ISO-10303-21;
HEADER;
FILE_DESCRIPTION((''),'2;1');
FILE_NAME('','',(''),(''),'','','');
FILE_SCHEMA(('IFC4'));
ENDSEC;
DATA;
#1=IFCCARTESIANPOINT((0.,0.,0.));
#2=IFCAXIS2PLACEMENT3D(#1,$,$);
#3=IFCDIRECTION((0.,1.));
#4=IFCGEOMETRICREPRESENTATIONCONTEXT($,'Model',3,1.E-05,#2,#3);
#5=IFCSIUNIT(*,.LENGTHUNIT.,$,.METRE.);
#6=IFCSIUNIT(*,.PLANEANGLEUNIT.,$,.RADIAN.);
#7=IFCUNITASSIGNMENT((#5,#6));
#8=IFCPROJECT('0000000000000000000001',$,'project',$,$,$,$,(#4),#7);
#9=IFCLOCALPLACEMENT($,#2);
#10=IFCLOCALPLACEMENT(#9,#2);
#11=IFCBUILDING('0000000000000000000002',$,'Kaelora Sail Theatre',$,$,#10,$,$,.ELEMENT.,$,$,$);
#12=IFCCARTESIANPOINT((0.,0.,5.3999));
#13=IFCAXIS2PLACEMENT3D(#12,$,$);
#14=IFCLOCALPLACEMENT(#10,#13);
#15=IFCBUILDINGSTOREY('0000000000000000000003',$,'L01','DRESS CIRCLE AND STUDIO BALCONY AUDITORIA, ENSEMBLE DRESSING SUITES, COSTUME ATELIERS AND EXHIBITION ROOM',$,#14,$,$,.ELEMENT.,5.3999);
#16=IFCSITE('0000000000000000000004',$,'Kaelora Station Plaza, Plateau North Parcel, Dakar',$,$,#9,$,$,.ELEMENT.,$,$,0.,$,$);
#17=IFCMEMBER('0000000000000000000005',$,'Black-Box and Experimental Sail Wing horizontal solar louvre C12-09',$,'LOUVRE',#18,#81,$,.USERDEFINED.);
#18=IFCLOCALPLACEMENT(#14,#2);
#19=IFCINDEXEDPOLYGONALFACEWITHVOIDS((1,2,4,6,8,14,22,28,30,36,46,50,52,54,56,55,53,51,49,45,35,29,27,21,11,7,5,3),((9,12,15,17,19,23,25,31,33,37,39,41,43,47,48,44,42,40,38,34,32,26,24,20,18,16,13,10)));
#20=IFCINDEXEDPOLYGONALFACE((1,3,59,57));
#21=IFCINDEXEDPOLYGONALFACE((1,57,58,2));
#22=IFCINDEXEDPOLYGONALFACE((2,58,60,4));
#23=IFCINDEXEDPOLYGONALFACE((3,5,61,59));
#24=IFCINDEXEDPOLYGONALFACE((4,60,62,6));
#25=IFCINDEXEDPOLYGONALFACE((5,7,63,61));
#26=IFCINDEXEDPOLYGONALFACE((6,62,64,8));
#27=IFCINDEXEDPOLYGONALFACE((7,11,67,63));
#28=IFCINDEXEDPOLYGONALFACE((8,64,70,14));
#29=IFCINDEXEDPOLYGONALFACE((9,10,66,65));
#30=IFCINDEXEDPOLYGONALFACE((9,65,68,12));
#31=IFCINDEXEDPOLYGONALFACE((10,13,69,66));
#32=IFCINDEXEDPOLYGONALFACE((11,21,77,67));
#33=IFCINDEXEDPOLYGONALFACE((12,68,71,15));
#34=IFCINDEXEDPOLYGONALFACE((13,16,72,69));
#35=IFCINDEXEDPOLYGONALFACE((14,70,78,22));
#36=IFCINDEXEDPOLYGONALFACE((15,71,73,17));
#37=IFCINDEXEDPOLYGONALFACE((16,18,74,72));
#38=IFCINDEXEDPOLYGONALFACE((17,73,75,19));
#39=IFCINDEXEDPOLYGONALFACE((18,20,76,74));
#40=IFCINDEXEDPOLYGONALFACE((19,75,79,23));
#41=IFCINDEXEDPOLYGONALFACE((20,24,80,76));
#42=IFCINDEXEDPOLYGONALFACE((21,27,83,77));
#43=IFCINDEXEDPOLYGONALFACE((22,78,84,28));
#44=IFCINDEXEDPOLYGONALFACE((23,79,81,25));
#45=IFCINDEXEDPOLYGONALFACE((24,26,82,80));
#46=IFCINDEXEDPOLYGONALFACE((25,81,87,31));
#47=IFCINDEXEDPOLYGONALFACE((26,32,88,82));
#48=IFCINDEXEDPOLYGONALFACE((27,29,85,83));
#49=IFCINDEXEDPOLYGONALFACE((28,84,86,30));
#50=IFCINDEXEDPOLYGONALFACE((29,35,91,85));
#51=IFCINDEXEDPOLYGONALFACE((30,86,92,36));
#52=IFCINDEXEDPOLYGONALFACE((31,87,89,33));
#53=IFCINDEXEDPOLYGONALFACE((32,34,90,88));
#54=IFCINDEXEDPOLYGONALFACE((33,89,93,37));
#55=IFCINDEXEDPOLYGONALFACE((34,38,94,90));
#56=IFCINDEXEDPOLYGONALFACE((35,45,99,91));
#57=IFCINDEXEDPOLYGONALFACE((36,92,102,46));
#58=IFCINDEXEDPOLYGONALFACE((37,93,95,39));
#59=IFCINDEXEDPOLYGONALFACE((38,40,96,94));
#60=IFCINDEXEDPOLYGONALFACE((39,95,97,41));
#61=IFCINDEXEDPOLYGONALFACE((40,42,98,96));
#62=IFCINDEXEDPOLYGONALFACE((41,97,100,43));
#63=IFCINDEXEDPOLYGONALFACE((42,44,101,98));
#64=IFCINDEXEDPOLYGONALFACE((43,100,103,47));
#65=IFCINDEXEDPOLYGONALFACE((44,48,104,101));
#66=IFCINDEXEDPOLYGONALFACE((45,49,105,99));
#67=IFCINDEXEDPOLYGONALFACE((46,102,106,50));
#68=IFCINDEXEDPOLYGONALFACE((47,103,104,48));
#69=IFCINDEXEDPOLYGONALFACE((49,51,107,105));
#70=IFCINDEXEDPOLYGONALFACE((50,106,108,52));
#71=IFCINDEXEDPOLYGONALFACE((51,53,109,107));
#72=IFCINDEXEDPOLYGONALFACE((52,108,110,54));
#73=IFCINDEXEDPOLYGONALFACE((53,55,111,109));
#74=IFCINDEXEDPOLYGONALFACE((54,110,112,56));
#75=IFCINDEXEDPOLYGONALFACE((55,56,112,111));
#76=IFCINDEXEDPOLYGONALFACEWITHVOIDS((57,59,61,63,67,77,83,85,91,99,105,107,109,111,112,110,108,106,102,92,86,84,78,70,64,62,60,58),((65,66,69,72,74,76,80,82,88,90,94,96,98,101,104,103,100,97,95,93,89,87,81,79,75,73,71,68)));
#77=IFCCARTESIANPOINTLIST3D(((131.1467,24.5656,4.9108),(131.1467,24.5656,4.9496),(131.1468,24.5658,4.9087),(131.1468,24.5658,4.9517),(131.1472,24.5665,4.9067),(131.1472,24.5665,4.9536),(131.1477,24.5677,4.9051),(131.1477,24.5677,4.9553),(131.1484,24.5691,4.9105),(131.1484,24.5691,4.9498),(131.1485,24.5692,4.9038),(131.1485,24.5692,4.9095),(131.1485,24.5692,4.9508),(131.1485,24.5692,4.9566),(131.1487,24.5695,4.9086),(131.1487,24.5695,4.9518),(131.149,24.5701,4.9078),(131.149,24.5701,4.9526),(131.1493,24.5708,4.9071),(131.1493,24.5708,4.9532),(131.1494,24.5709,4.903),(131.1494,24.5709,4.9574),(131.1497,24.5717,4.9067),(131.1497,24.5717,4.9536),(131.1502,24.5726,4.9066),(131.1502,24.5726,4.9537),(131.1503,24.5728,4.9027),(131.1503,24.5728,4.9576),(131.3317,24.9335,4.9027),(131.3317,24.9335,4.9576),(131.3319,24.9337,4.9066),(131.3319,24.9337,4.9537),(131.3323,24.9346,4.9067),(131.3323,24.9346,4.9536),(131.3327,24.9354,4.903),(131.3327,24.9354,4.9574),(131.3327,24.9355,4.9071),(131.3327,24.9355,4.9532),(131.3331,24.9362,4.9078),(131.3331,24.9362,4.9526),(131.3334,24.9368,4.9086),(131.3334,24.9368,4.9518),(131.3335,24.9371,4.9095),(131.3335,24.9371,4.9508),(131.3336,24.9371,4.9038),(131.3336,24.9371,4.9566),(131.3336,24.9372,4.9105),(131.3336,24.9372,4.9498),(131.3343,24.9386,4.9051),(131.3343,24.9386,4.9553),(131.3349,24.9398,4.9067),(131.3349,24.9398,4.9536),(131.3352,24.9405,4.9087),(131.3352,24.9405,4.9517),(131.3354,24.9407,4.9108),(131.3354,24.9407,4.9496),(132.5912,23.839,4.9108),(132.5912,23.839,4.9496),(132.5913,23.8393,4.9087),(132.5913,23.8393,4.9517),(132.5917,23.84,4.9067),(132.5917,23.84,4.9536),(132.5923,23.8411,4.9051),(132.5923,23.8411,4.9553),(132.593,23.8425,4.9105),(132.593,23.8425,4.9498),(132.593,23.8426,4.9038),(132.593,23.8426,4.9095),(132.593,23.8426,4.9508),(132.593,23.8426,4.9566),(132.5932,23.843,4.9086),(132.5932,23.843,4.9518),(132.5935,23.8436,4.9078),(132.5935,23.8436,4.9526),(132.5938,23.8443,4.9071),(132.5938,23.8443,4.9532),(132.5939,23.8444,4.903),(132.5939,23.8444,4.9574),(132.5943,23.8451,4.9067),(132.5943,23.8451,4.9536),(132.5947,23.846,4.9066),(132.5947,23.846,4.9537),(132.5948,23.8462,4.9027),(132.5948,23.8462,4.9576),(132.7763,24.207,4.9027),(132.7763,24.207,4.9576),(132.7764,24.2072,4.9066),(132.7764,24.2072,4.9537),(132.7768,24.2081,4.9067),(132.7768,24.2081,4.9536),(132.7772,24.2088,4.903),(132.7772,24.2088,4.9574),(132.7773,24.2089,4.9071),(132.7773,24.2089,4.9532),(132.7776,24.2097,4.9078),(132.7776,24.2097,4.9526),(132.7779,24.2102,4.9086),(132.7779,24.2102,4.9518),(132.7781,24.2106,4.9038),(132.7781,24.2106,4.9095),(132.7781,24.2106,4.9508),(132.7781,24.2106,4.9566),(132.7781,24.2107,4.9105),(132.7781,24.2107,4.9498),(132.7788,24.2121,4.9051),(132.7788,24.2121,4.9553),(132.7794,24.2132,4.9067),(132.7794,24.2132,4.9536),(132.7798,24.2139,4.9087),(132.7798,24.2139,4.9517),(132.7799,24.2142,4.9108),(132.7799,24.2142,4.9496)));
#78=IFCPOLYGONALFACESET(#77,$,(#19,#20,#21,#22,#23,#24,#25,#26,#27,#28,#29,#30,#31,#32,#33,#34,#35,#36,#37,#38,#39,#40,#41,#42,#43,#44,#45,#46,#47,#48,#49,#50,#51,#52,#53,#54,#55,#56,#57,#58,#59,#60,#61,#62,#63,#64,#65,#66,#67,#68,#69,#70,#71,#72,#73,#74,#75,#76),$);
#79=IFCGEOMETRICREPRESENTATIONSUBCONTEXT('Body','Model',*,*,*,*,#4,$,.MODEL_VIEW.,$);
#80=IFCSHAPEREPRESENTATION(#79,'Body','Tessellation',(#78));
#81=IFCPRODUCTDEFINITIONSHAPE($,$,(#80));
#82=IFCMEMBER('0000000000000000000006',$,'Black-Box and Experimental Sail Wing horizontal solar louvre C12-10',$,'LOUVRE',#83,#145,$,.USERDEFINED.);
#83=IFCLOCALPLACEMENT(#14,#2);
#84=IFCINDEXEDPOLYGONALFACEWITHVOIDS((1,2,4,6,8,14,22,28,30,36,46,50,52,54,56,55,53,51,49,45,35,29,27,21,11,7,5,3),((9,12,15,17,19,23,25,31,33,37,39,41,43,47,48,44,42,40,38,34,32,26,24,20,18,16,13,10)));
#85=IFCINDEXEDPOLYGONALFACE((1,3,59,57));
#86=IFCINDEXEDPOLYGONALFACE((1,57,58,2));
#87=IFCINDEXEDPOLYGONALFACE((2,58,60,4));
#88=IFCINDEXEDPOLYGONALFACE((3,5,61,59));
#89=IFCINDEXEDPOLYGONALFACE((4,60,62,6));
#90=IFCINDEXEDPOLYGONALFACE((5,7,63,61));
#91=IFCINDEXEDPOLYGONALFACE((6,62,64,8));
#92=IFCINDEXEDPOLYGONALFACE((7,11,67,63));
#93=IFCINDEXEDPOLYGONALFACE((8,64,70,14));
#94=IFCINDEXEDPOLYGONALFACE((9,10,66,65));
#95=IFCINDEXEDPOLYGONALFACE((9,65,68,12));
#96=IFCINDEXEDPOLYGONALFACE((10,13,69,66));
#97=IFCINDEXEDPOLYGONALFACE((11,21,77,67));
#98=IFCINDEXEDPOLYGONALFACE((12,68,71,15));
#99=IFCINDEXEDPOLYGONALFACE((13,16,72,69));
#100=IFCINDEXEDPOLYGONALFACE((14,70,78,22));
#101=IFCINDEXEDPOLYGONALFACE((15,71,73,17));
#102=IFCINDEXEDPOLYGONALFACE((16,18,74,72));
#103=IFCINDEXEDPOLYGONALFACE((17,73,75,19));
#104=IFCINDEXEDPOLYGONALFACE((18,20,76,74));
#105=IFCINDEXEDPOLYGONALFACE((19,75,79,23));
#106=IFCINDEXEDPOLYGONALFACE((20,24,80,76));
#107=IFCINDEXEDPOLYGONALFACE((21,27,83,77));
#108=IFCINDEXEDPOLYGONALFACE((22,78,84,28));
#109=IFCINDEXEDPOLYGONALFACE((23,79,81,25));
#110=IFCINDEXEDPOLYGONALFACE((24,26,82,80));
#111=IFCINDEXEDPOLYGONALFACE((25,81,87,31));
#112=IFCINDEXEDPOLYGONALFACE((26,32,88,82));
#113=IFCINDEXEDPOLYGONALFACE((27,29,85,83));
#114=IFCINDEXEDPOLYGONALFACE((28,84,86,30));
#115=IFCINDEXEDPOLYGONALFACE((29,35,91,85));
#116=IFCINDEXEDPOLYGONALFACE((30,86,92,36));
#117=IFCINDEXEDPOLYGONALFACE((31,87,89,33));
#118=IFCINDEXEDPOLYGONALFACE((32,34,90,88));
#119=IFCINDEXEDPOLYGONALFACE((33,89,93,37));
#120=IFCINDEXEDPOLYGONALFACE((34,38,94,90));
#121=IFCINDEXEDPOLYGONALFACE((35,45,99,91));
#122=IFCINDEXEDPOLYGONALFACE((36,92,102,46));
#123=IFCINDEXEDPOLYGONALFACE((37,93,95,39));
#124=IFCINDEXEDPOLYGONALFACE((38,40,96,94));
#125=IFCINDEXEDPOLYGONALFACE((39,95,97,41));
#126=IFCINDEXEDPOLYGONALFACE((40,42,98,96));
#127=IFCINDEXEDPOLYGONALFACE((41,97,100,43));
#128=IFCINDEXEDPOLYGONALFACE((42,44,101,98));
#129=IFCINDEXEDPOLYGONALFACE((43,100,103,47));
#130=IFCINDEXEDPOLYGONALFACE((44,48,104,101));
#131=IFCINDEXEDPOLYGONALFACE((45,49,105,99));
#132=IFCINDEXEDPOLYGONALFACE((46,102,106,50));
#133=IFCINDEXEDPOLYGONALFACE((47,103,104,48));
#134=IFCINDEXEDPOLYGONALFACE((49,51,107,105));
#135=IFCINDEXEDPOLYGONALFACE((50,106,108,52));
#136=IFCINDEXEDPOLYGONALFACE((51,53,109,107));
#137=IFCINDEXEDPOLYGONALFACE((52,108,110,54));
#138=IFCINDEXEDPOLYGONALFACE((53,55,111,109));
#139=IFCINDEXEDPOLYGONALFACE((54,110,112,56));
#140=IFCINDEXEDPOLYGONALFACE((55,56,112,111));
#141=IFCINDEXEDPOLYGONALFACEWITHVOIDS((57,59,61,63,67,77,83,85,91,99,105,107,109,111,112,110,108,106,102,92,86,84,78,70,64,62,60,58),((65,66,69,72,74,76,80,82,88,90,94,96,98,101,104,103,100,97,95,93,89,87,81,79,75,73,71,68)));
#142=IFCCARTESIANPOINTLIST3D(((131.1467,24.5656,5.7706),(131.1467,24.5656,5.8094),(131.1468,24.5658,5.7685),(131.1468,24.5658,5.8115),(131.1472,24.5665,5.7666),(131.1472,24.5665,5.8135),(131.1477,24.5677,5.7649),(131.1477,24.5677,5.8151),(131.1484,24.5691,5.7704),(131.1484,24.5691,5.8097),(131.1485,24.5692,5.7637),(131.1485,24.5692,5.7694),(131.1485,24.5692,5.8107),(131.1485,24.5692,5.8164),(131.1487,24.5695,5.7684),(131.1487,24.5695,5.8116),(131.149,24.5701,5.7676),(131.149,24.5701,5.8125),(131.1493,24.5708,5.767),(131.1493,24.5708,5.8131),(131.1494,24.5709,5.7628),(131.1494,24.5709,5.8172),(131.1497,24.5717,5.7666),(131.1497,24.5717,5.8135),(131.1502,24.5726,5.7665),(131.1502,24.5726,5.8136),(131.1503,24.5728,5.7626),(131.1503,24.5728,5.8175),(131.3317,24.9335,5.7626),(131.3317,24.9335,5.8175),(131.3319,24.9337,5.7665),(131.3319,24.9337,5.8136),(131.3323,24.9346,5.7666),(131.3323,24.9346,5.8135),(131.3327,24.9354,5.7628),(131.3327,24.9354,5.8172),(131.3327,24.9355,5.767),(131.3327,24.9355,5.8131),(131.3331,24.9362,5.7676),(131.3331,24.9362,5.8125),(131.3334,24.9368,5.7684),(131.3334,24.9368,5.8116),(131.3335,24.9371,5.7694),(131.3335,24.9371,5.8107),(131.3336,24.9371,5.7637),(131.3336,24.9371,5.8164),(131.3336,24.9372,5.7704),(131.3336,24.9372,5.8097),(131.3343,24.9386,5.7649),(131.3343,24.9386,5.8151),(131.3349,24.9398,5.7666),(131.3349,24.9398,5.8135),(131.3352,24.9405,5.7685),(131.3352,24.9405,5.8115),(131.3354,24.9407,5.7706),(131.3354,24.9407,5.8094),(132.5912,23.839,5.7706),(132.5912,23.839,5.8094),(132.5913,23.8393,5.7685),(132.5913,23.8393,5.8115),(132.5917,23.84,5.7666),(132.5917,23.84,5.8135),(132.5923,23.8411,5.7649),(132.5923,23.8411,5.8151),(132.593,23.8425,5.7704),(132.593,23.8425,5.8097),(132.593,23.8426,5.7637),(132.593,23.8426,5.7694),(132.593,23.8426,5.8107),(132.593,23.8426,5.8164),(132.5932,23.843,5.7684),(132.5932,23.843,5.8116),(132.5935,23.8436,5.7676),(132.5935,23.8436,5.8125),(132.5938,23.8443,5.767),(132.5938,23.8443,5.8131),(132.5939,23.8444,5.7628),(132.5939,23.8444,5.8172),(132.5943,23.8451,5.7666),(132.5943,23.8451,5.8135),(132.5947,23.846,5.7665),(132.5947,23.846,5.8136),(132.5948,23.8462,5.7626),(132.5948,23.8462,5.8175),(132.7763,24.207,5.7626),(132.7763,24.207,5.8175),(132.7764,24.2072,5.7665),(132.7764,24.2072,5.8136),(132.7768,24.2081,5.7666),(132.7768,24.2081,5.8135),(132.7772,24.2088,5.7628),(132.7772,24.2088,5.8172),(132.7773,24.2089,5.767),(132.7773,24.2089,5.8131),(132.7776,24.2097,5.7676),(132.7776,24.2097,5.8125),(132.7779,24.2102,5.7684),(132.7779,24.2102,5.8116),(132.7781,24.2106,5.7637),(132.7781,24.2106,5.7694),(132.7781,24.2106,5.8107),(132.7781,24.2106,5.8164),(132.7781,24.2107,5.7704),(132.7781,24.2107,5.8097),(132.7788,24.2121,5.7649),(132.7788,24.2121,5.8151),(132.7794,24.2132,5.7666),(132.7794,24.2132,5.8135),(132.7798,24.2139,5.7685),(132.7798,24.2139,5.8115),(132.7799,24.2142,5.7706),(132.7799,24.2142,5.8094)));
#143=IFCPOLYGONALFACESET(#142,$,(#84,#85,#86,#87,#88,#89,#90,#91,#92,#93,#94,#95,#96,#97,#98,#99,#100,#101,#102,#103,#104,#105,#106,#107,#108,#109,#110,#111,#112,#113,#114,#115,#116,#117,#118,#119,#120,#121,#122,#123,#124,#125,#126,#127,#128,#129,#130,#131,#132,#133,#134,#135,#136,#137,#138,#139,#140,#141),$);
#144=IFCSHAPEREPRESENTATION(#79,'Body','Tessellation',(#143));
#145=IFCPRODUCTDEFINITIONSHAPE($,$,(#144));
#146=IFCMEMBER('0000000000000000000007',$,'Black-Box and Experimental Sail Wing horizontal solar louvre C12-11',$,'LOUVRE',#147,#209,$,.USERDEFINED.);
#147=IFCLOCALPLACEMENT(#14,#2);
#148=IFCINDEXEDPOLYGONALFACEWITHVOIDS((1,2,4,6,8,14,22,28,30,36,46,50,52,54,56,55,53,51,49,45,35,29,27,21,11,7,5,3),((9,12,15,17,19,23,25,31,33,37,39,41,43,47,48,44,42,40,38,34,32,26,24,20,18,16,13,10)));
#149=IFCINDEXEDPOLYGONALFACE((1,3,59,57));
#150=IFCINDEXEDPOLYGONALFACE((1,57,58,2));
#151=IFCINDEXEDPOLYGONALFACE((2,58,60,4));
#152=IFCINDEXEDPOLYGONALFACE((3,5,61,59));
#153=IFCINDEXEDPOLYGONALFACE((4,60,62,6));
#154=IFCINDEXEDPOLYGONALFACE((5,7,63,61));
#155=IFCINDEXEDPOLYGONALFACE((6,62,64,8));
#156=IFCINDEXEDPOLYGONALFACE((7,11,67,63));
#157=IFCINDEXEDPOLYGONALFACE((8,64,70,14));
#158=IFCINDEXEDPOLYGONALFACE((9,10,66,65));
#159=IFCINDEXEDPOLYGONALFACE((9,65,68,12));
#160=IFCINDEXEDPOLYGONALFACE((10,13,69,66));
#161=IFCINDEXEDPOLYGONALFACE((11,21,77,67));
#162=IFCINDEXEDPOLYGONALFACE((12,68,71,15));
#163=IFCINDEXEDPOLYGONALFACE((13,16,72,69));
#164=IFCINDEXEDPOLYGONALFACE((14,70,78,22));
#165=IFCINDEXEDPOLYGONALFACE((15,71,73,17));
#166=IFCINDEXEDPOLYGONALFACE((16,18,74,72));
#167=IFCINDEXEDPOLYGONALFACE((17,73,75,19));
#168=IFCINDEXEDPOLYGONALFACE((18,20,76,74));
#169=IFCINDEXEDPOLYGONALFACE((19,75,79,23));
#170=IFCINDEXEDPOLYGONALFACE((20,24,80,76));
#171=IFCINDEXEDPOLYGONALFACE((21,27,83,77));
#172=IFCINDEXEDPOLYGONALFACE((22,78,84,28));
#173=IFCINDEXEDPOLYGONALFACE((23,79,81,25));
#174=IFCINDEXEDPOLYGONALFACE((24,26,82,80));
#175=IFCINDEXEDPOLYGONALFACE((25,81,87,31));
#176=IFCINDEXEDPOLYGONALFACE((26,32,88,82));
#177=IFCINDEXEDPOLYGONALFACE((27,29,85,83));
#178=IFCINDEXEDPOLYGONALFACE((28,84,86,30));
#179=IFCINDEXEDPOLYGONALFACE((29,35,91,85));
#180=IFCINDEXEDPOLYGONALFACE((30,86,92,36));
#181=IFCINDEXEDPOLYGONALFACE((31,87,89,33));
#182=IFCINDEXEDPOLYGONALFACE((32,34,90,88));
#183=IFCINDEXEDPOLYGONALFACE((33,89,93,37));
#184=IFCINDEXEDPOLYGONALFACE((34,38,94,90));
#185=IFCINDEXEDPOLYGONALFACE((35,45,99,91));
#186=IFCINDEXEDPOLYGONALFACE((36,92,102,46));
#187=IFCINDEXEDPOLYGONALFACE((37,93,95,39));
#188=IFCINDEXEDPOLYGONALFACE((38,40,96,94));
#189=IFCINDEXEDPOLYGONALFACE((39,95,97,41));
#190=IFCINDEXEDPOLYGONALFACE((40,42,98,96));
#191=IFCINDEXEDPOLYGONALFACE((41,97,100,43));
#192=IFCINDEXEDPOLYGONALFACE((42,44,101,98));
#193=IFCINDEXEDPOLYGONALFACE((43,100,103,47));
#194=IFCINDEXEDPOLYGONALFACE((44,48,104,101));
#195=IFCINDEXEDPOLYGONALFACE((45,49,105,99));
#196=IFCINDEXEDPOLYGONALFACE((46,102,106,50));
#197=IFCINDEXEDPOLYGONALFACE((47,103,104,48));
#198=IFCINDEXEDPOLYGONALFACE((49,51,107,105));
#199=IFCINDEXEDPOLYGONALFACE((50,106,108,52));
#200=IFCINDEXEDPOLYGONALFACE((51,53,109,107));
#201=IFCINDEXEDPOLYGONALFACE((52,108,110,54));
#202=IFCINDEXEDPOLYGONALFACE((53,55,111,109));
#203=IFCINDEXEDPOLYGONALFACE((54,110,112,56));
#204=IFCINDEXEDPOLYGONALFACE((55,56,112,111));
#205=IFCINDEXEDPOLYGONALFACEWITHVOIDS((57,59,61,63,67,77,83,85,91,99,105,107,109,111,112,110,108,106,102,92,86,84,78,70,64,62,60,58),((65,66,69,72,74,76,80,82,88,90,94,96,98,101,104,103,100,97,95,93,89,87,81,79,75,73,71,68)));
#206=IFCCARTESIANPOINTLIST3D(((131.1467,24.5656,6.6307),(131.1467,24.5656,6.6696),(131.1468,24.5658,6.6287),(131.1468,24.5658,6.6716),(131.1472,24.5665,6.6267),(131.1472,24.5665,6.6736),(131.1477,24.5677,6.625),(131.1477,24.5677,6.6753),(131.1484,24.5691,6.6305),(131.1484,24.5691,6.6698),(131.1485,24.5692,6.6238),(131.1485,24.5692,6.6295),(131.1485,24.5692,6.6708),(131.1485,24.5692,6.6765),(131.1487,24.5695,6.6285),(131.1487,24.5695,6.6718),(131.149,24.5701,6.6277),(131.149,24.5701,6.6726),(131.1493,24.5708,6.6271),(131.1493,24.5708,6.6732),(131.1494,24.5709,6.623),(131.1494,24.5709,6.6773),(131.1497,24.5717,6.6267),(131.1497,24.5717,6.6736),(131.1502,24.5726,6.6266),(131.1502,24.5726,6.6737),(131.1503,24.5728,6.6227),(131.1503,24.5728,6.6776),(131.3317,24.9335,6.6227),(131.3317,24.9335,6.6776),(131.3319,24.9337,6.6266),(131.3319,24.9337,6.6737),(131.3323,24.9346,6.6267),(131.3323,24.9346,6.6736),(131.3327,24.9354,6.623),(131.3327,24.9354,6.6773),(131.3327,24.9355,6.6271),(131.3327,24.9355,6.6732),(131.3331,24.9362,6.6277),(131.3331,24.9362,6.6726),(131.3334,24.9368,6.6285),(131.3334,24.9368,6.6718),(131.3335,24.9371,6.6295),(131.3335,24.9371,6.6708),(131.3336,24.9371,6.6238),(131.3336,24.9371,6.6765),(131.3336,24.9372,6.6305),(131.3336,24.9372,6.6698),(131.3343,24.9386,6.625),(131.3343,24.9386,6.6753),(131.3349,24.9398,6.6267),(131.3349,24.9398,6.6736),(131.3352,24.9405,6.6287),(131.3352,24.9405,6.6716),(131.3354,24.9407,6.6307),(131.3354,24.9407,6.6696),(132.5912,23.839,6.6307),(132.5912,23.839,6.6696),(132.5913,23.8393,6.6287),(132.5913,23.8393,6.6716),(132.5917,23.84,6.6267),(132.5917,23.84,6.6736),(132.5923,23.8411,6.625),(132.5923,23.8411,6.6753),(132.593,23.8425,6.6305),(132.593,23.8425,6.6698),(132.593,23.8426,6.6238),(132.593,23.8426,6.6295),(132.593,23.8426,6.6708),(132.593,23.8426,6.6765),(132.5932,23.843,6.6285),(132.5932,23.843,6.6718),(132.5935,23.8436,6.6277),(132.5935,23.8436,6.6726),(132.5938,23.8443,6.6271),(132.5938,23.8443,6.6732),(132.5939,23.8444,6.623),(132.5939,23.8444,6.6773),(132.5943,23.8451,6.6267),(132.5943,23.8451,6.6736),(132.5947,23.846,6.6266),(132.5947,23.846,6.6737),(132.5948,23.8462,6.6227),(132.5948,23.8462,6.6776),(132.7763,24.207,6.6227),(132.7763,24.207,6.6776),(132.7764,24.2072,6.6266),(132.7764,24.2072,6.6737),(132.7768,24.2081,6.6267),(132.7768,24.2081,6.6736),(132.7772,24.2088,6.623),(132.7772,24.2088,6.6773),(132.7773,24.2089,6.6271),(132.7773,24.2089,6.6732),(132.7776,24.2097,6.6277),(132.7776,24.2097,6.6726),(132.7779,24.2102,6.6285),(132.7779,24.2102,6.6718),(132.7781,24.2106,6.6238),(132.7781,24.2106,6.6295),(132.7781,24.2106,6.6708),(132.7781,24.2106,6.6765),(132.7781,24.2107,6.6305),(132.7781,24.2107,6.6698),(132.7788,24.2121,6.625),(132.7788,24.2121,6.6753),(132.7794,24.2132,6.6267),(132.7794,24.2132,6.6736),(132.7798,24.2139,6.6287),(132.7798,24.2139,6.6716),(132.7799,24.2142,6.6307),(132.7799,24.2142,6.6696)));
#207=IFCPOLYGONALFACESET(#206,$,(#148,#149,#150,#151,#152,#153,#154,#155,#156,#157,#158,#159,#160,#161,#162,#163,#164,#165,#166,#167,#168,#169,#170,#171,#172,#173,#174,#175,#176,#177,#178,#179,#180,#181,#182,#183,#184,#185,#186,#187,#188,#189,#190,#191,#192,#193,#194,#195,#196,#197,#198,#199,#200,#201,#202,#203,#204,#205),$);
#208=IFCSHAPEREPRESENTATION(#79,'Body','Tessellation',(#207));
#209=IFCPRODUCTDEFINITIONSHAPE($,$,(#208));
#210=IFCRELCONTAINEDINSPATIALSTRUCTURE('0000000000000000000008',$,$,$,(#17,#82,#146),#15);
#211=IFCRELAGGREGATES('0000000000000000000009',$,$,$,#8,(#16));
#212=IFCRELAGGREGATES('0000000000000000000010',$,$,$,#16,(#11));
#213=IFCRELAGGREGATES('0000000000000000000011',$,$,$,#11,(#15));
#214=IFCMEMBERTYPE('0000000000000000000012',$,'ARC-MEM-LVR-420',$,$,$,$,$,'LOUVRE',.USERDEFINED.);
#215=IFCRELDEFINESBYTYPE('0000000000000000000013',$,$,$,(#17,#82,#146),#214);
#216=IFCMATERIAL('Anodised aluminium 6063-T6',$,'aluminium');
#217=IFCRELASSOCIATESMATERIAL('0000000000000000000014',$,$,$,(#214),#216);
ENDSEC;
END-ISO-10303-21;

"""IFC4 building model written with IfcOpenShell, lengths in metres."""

from ifc_helpers import new_model, si_unit, direction, frame, origin, origin_2d, place, context, subcontext, project, spatial, hollow_rectangle, extrude, material, material_profile, profile_set, type_object, element, save


model = new_model("IFC4")

# Units and contexts
model_context = context("Model", 3, precision=1e-05, world=origin(), true_north=direction((0.0, 1.0)))
body_context = subcontext(model_context, "Body", "Model", "MODEL_VIEW")
ifc_project = project(units=[si_unit("LENGTHUNIT", "METRE"), si_unit("PLANEANGLEUNIT", "RADIAN")], contexts=[model_context])

# Site, building, storey
site_placement = place(None, origin())
site = spatial("IfcSite", under=ifc_project, at=site_placement, Name="Kaelora Station Plaza, Plateau North Parcel, Dakar", CompositionType="ELEMENT", RefElevation=0.0)
building_placement = place(site_placement, origin())
building = spatial("IfcBuilding", under=site, at=building_placement, Name="Kaelora Sail Theatre", CompositionType="ELEMENT")
storey_placement = place(building_placement, frame((0.0, 0.0, 5.3999)))
storey = spatial("IfcBuildingStorey", under=building, at=storey_placement, Name="L01", Description="DRESS CIRCLE AND STUDIO BALCONY AUDITORIA, ENSEMBLE DRESSING SUITES, COSTUME ATELIERS AND EXHIBITION ROOM", CompositionType="ELEMENT", Elevation=5.3999)

# Members
ifc_material = material(Name="Anodised aluminium 6063-T6", Category="aluminium")
ifc_material_profile = material_profile(ifc_material, hollow_rectangle(XDim=0.4199, YDim=0.0549, WallThickness=0.0039, InnerFilletRadius=0.0039, OuterFilletRadius=0.0081, at=origin_2d()), Name="LOUVRE 420x55x4")
ifc_profile_set = profile_set([ifc_material_profile], Name="Anodised aluminium 6063-T6")
member_type = type_object("IfcMemberType", Name="ARC-MEM-LVR-420", ElementType="LOUVRE", PredefinedType="USERDEFINED", material=ifc_profile_set)
for number, where, z_axis, x_axis, name in (
    (1, (132.6855, 24.0266, 4.9302), (-0.893368, 0.449326, 0.0), (-0.449326, -0.893368, 0.0), "Black-Box and Experimental Sail Wing horizontal solar louvre C12-09"),
    (2, (132.6855, 24.0266, 5.79), (-0.893368, 0.449326, 0.0), (-0.449326, -0.893368, 0.0), "Black-Box and Experimental Sail Wing horizontal solar louvre C12-10"),
    (3, (132.6855, 24.0266, 6.6501), (-0.893368, 0.449326, 0.0), (-0.449326, -0.893368, 0.0), "Black-Box and Experimental Sail Wing horizontal solar louvre C12-11"),
):
    element("IfcMember", number, at=place(storey_placement, frame(where, z_axis=z_axis, x_axis=x_axis)), inside=storey, type_object=member_type, Name=name, ObjectType="LOUVRE", PredefinedType="USERDEFINED", context=body_context, shape_type="SweptSolid", body=[
        extrude(hollow_rectangle(XDim=0.4199, YDim=0.0549, WallThickness=0.0039, InnerFilletRadius=0.0039, OuterFilletRadius=0.0081, at=origin_2d()), origin(), (0.0, 0.0, 1.0), 1.6169),
    ])

save(model, "model.ifc")
